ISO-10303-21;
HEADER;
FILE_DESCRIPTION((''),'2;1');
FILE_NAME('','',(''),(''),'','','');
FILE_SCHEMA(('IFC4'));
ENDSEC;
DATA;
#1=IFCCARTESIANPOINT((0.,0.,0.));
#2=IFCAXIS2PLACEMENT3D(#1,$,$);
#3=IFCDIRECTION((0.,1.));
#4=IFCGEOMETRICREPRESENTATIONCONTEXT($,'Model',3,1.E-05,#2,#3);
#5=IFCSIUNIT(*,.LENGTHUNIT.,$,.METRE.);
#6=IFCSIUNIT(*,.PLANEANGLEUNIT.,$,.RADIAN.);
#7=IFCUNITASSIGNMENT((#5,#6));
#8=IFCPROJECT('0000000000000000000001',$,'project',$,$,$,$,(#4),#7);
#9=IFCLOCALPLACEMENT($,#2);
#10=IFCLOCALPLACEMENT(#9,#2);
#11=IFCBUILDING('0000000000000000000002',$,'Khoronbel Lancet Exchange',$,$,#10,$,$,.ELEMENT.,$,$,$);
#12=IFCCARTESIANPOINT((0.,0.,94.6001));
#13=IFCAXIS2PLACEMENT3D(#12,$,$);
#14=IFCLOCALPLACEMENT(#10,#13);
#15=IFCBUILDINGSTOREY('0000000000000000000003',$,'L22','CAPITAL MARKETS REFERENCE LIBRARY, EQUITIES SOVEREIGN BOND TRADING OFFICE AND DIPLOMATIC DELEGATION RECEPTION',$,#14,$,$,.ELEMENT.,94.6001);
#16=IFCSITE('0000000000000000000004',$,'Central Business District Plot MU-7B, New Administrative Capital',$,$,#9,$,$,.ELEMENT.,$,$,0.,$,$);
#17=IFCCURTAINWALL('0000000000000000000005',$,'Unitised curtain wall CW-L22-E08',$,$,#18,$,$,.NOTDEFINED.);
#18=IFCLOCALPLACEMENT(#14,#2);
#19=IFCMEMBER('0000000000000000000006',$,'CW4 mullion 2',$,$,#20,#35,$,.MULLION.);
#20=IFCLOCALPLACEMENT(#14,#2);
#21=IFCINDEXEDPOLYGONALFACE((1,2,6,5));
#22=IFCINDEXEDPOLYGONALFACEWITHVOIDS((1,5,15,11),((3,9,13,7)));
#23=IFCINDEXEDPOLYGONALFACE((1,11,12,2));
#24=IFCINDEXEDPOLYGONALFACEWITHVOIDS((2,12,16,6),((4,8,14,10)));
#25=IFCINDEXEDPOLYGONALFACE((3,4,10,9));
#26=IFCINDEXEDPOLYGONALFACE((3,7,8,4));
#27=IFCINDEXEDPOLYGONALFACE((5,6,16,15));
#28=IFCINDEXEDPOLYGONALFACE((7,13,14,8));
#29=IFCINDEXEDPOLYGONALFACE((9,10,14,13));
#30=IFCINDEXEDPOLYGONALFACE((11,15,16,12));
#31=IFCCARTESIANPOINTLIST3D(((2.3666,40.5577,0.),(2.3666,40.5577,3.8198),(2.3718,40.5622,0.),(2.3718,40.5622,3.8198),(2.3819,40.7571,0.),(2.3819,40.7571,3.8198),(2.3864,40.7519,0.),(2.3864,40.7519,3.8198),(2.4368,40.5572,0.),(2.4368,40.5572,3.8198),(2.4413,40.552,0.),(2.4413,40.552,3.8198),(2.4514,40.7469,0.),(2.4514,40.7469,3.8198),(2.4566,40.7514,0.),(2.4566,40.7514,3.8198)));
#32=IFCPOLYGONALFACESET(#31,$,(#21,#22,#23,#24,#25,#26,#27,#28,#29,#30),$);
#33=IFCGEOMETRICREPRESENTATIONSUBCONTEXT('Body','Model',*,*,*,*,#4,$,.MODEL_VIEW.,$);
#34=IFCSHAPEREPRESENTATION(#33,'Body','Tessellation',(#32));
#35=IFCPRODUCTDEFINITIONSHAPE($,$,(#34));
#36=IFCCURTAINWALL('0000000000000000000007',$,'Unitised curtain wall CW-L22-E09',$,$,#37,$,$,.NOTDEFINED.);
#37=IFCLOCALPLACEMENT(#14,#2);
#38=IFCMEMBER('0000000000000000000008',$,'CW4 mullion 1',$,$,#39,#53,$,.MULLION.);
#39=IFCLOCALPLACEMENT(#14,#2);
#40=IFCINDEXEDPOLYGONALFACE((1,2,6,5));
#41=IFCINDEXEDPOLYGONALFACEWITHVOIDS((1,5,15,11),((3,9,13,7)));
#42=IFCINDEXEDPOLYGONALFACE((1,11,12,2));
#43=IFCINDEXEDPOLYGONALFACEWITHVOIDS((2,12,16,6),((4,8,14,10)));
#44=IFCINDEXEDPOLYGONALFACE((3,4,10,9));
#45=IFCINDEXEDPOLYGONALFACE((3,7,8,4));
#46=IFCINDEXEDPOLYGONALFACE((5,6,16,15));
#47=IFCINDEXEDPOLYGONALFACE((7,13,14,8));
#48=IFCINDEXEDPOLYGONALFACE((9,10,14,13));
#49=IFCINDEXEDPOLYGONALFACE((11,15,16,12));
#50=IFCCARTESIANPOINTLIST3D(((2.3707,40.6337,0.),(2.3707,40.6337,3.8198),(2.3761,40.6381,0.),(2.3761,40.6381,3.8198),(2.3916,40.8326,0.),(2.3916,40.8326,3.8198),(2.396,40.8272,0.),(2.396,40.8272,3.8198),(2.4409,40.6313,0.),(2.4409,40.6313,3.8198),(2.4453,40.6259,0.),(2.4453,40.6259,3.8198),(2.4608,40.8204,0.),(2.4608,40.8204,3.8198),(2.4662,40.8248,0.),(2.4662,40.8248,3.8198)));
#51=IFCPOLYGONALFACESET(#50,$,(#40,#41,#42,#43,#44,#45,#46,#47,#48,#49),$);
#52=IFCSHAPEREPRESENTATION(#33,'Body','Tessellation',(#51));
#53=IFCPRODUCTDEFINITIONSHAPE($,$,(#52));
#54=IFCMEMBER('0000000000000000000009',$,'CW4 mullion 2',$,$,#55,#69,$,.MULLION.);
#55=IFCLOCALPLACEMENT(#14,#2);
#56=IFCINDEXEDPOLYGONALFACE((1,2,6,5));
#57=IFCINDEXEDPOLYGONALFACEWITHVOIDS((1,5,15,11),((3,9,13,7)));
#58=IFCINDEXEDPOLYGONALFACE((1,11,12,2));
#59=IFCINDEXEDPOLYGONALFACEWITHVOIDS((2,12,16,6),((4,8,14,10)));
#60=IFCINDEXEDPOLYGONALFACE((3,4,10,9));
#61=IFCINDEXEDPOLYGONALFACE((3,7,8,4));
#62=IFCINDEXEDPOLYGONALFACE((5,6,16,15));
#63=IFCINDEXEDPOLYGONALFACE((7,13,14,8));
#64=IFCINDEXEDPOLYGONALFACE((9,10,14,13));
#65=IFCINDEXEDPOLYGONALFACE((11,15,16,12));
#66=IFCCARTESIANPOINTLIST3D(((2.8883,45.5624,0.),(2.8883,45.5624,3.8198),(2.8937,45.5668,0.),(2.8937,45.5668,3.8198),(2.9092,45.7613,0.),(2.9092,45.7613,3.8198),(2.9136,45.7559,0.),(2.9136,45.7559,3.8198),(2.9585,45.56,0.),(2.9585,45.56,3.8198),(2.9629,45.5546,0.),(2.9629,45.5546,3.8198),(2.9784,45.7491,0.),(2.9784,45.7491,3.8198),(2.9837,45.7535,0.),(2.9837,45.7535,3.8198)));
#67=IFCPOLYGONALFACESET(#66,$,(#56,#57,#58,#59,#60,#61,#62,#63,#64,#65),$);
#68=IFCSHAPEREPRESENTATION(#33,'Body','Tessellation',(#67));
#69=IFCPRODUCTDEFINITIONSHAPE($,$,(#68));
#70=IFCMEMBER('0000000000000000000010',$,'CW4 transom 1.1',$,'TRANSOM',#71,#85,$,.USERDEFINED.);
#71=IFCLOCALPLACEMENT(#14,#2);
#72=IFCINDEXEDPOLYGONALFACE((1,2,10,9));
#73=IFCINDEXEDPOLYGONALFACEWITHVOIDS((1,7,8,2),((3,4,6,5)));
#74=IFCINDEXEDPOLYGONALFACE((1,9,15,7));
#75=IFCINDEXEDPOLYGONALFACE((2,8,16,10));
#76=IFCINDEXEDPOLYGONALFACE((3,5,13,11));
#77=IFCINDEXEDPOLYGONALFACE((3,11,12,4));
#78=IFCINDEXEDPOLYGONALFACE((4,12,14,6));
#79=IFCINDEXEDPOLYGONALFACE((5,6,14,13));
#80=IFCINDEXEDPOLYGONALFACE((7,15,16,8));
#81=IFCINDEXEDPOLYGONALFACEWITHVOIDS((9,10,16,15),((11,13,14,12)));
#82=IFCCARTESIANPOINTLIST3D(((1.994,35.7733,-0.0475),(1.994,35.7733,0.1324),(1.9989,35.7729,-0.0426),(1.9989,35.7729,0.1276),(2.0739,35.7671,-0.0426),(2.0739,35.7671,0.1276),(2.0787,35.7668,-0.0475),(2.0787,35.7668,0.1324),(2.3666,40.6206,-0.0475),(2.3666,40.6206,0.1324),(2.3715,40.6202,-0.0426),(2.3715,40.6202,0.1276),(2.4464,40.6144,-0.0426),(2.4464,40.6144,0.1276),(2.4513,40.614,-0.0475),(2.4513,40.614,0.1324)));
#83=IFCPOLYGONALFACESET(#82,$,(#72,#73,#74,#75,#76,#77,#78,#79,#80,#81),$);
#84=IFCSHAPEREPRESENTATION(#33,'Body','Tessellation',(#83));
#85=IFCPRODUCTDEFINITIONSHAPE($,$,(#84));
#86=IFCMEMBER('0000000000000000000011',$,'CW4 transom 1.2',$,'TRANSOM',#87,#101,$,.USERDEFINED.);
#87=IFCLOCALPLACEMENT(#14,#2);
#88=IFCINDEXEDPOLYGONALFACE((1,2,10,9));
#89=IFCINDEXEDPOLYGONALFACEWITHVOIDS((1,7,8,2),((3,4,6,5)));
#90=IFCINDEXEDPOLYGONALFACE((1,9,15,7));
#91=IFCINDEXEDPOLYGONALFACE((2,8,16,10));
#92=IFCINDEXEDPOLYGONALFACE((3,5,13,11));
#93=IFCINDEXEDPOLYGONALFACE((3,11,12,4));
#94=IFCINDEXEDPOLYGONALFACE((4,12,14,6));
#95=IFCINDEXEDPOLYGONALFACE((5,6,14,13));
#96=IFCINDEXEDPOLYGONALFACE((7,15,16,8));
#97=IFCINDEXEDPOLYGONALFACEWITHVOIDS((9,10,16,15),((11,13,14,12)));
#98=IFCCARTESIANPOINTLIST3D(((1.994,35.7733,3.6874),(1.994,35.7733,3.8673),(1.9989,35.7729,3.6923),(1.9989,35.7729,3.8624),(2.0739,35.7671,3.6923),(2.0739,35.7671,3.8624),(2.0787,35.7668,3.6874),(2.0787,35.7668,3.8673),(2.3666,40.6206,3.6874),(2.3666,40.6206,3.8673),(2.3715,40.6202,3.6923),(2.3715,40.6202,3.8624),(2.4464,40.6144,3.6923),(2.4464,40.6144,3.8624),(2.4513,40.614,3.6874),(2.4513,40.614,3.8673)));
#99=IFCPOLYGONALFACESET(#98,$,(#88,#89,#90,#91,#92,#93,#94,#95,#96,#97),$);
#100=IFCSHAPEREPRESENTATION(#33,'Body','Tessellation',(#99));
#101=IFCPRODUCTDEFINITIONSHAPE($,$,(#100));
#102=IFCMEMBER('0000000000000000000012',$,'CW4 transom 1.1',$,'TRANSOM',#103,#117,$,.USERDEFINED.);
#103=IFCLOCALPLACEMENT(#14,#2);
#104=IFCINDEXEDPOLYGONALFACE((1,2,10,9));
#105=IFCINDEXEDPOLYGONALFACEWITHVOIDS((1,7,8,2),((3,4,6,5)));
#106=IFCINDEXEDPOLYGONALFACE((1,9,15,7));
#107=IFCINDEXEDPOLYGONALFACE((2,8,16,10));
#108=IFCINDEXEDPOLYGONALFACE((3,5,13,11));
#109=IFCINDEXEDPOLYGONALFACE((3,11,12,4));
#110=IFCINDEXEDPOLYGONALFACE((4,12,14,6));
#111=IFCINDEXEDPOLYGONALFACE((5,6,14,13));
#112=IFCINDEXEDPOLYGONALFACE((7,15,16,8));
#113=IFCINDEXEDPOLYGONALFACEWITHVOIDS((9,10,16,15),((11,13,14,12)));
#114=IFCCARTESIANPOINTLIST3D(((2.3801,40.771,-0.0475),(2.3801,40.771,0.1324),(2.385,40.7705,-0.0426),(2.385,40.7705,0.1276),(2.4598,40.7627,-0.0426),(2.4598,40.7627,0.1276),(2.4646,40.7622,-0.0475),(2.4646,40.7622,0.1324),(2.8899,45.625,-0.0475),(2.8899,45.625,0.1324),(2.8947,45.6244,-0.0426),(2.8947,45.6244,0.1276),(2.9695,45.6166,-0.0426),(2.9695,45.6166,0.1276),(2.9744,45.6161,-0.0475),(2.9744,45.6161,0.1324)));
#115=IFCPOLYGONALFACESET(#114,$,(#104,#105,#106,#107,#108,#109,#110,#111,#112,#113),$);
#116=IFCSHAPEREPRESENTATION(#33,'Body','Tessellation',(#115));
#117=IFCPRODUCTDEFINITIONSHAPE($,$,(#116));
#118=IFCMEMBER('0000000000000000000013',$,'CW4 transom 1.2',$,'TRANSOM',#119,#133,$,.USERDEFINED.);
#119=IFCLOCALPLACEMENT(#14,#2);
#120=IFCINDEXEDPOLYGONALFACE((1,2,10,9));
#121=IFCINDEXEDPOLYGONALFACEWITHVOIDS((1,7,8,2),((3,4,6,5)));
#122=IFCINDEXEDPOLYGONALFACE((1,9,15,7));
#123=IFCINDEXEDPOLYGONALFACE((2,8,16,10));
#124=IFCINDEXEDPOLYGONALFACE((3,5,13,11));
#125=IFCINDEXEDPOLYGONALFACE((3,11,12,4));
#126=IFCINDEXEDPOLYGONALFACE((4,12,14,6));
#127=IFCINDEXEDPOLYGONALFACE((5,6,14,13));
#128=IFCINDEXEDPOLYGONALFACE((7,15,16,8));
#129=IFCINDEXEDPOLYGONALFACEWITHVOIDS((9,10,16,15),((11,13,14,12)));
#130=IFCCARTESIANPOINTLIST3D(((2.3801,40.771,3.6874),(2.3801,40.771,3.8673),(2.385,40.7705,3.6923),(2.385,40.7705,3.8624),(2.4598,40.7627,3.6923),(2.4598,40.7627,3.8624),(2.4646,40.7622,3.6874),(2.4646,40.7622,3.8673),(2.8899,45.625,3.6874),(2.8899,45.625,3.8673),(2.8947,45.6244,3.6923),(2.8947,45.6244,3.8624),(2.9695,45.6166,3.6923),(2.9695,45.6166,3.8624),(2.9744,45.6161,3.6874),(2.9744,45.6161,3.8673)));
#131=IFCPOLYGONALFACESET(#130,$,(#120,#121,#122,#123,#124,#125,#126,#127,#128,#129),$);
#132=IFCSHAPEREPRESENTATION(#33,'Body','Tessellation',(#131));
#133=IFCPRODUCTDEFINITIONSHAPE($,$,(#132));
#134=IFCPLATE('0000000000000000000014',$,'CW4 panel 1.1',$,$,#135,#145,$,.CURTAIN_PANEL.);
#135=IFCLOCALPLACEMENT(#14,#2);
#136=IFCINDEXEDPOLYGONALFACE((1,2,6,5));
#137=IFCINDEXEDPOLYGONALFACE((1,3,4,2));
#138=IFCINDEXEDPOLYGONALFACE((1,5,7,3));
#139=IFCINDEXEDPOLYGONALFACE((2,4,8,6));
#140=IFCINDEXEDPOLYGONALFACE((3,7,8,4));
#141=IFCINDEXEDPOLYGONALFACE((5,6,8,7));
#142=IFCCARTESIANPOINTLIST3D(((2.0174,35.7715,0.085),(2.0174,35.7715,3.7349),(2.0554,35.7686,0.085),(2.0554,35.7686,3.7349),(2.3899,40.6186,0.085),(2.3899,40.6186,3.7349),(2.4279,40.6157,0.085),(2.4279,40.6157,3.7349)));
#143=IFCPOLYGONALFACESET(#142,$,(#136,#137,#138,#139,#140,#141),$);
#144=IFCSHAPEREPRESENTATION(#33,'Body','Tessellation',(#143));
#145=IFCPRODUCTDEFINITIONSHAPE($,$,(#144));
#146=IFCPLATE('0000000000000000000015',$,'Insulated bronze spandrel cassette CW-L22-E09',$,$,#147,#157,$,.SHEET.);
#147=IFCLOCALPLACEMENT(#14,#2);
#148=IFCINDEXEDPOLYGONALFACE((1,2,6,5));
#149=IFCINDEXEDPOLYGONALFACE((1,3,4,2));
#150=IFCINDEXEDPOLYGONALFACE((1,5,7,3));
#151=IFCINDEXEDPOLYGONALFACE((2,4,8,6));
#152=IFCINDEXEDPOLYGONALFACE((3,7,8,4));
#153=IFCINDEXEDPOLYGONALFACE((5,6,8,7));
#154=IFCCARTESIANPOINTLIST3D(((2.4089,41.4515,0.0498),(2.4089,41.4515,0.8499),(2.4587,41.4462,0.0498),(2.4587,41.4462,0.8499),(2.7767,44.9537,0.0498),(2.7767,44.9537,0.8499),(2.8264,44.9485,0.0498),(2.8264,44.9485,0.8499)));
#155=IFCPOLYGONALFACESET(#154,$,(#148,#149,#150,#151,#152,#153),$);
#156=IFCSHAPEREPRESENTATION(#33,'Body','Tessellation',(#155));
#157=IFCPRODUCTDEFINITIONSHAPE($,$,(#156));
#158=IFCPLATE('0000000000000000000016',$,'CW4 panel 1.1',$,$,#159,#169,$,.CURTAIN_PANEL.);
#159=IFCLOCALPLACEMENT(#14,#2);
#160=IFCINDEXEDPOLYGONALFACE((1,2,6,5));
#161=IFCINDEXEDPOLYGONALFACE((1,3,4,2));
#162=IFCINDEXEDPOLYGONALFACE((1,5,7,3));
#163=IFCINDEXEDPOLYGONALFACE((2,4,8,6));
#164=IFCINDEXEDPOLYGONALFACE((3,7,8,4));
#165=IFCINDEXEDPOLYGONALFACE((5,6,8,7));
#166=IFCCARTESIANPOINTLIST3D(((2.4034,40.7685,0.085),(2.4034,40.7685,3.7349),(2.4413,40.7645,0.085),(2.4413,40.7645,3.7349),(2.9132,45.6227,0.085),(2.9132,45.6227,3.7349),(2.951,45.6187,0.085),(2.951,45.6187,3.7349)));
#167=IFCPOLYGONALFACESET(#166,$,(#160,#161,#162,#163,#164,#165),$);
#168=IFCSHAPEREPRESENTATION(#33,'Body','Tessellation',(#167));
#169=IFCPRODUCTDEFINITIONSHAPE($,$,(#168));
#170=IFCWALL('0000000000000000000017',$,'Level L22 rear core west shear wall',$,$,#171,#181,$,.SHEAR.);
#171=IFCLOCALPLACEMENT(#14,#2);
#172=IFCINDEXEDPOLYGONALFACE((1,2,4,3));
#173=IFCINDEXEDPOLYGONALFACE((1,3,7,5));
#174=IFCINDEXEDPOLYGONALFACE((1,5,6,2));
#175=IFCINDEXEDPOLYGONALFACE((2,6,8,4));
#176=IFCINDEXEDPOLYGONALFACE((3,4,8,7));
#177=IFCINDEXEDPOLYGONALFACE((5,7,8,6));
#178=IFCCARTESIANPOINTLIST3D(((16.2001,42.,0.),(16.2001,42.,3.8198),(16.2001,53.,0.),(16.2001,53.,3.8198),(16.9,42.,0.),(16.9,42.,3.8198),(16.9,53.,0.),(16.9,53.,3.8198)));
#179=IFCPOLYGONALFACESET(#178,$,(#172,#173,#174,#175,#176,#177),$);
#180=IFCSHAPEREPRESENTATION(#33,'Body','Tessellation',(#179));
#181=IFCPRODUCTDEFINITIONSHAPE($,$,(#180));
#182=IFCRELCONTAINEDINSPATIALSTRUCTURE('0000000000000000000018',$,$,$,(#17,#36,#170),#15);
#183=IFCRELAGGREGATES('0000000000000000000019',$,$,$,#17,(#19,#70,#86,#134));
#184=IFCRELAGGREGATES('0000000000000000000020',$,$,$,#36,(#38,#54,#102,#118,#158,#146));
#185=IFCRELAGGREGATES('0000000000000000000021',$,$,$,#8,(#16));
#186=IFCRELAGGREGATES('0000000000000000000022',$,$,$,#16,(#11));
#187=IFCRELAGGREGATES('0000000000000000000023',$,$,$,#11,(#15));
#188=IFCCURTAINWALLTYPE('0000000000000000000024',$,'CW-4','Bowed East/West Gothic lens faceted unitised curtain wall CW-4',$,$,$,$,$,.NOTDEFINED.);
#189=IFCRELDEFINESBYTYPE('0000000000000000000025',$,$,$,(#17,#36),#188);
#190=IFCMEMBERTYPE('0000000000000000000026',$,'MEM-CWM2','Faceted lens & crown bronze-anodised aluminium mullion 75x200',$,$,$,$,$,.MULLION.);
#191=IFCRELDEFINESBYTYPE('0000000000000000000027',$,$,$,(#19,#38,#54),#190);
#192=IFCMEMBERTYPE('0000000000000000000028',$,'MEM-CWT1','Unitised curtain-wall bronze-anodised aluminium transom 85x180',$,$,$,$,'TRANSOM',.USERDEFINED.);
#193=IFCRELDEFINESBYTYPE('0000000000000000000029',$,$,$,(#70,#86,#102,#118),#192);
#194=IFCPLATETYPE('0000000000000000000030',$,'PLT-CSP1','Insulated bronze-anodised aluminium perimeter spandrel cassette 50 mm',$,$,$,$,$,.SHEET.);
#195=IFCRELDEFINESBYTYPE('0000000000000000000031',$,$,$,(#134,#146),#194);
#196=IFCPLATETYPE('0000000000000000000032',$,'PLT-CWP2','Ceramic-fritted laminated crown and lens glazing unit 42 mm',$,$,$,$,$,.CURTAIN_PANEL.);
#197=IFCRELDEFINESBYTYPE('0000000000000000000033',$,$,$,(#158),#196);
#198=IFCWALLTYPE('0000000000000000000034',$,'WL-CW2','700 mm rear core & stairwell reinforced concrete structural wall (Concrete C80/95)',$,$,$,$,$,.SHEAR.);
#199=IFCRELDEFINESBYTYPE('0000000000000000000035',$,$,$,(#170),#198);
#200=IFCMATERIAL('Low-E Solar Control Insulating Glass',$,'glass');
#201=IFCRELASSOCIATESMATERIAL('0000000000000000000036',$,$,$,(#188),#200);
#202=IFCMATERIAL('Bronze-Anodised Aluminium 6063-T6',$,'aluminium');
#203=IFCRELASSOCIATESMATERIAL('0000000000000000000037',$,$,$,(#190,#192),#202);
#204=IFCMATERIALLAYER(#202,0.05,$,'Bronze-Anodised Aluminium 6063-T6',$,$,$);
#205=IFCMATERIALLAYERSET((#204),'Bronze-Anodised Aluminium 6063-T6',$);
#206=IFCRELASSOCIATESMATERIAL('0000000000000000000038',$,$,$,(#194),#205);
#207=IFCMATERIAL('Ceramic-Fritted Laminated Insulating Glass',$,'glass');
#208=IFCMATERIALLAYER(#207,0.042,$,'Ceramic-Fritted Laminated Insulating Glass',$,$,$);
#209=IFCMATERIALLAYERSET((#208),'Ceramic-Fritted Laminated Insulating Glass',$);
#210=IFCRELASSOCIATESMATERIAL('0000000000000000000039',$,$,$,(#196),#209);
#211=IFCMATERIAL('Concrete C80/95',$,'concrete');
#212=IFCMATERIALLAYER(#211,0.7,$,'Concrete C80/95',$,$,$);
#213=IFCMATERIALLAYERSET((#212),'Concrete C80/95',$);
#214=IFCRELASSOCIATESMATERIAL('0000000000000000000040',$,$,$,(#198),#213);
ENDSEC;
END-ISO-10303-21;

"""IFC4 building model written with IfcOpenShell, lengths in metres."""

from ifc_helpers import new_model, si_unit, direction, frame, frame_2d, origin, origin_2d, place, context, subcontext, project, spatial, rectangle, hollow_rectangle, extrude, material, layer, layer_set, material_profile, profile_set, type_object, element, aggregate, save


model = new_model("IFC4")

# Units and contexts
model_context = context("Model", 3, precision=1e-05, world=origin(), true_north=direction((0.0, 1.0)))
body_context = subcontext(model_context, "Body", "Model", "MODEL_VIEW")
ifc_project = project(units=[si_unit("LENGTHUNIT", "METRE"), si_unit("PLANEANGLEUNIT", "RADIAN")], contexts=[model_context])

# Site, building, storey
site_placement = place(None, origin())
site = spatial("IfcSite", under=ifc_project, at=site_placement, Name="Central Business District Plot MU-7B, New Administrative Capital", CompositionType="ELEMENT", RefElevation=0.0)
building_placement = place(site_placement, origin())
building = spatial("IfcBuilding", under=site, at=building_placement, Name="Khoronbel Lancet Exchange", CompositionType="ELEMENT")
storey_placement = place(building_placement, frame((0.0, 0.0, 94.6001)))
storey = spatial("IfcBuildingStorey", under=building, at=storey_placement, Name="L22", Description="CAPITAL MARKETS REFERENCE LIBRARY, EQUITIES SOVEREIGN BOND TRADING OFFICE AND DIPLOMATIC DELEGATION RECEPTION", CompositionType="ELEMENT", Elevation=94.6001)

# Shared definitions
ifc_material_1 = material(Name="Concrete C80/95", Category="concrete")

# Curtain walls, members
ifc_material_2 = material(Name="Low-E Solar Control Insulating Glass", Category="glass")
curtain_wall_type = type_object("IfcCurtainWallType", Name="CW-4", Description="Bowed East/West Gothic lens faceted unitised curtain wall CW-4", PredefinedType="NOTDEFINED", material=ifc_material_2)
curtain_wall_1_placement = place(storey_placement, origin())
curtain_wall_1 = element("IfcCurtainWall", 1, at=curtain_wall_1_placement, inside=storey, type_object=curtain_wall_type, Name="Unitised curtain wall CW-L22-E08", PredefinedType="NOTDEFINED")
ifc_material_3 = material(Name="Bronze-Anodised Aluminium 6063-T6", Category="aluminium")
ifc_material_profile_1 = material_profile(ifc_material_3, hollow_rectangle(XDim=0.075, YDim=0.2, WallThickness=0.0049, at=origin_2d()), Name="ALU MULLION 75x200")
ifc_profile_set_1 = profile_set([ifc_material_profile_1], Name="Bronze-Anodised Aluminium 6063-T6")
member_type_1 = type_object("IfcMemberType", Name="MEM-CWM2", Description="Faceted lens & crown bronze-anodised aluminium mullion 75x200", PredefinedType="MULLION", material=ifc_profile_set_1)
member_1_placement = place(storey_placement, frame((2.4116, 40.6545, 0.0), z_axis=(0.0, 0.0, 1.0), x_axis=(-0.99706, 0.076626, 0.0)))
member_1 = element("IfcMember", 2, at=member_1_placement, type_object=member_type_1, Name="CW4 mullion 2", PredefinedType="MULLION", context=body_context, shape_type="SweptSolid", body=[
    extrude(hollow_rectangle(XDim=0.075, YDim=0.2, WallThickness=0.0049, at=origin_2d()), origin(), (0.0, 0.0, 1.0), 3.8198),
])
curtain_wall_2_placement = place(storey_placement, origin())
curtain_wall_2 = element("IfcCurtainWall", 3, at=curtain_wall_2_placement, inside=storey, type_object=curtain_wall_type, Name="Unitised curtain wall CW-L22-E09", PredefinedType="NOTDEFINED")
member_2_placement = place(storey_placement, frame((2.4185, 40.7292, 0.0), z_axis=(0.0, 0.0, 1.0), x_axis=(-0.994532, 0.104434, 0.0)))
member_2 = element("IfcMember", 4, at=member_2_placement, type_object=member_type_1, Name="CW4 mullion 1", PredefinedType="MULLION", context=body_context, shape_type="SweptSolid", body=[
    extrude(hollow_rectangle(XDim=0.075, YDim=0.2, WallThickness=0.0049, at=origin_2d()), origin(), (0.0, 0.0, 1.0), 3.8198),
])
member_3_placement = place(storey_placement, frame((2.936, 45.658, 0.0), z_axis=(0.0, 0.0, 1.0), x_axis=(-0.994532, 0.104434, 0.0)))
member_3 = element("IfcMember", 5, at=member_3_placement, type_object=member_type_1, Name="CW4 mullion 2", PredefinedType="MULLION", context=body_context, shape_type="SweptSolid", body=[
    extrude(hollow_rectangle(XDim=0.075, YDim=0.2, WallThickness=0.0049, at=origin_2d()), origin(), (0.0, 0.0, 1.0), 3.8198),
])

# Members
ifc_material_profile_2 = material_profile(ifc_material_3, hollow_rectangle(XDim=0.085, YDim=0.1799, WallThickness=0.0049, at=origin_2d()), Name="ALU TRANSOM 85x180")
ifc_profile_set_2 = profile_set([ifc_material_profile_2], Name="Bronze-Anodised Aluminium 6063-T6")
member_type_2 = type_object("IfcMemberType", Name="MEM-CWT1", Description="Unitised curtain-wall bronze-anodised aluminium transom 85x180", ElementType="TRANSOM", PredefinedType="USERDEFINED", material=ifc_profile_set_2)
member_4_placement = place(storey_placement, frame((2.0364, 35.77, 0.0425), z_axis=(0.076635, 0.997059, 0.0), x_axis=(-0.997059, 0.076635, 0.0)))
member_4 = element("IfcMember", 6, at=member_4_placement, type_object=member_type_2, Name="CW4 transom 1.1", ObjectType="TRANSOM", PredefinedType="USERDEFINED", context=body_context, shape_type="SweptSolid", body=[
    extrude(hollow_rectangle(XDim=0.085, YDim=0.1799, WallThickness=0.0049, at=origin_2d()), origin(), (0.0, 0.0, 1.0), 4.8616),
])
member_5_placement = place(storey_placement, frame((2.0364, 35.77, 3.7773), z_axis=(0.076635, 0.997059, 0.0), x_axis=(-0.997059, 0.076635, 0.0)))
member_5 = element("IfcMember", 7, at=member_5_placement, type_object=member_type_2, Name="CW4 transom 1.2", ObjectType="TRANSOM", PredefinedType="USERDEFINED", context=body_context, shape_type="SweptSolid", body=[
    extrude(hollow_rectangle(XDim=0.085, YDim=0.1799, WallThickness=0.0049, at=origin_2d()), origin(), (0.0, 0.0, 1.0), 4.8616),
])
member_6_placement = place(storey_placement, frame((2.4224, 40.7666, 0.0425), z_axis=(0.104445, 0.994531, 0.0), x_axis=(-0.994531, 0.104445, 0.0)))
member_6 = element("IfcMember", 8, at=member_6_placement, type_object=member_type_2, Name="CW4 transom 1.1", ObjectType="TRANSOM", PredefinedType="USERDEFINED", context=body_context, shape_type="SweptSolid", body=[
    extrude(hollow_rectangle(XDim=0.085, YDim=0.1799, WallThickness=0.0049, at=origin_2d()), origin(), (0.0, 0.0, 1.0), 4.8806),
])
member_7_placement = place(storey_placement, frame((2.4224, 40.7666, 3.7773), z_axis=(0.104445, 0.994531, 0.0), x_axis=(-0.994531, 0.104445, 0.0)))
member_7 = element("IfcMember", 9, at=member_7_placement, type_object=member_type_2, Name="CW4 transom 1.2", ObjectType="TRANSOM", PredefinedType="USERDEFINED", context=body_context, shape_type="SweptSolid", body=[
    extrude(hollow_rectangle(XDim=0.085, YDim=0.1799, WallThickness=0.0049, at=origin_2d()), origin(), (0.0, 0.0, 1.0), 4.8806),
])

# Plates
ifc_layer_1 = layer(ifc_material_3, 0.05, Name="Bronze-Anodised Aluminium 6063-T6")
ifc_layer_set_1 = layer_set([ifc_layer_1], Name="Bronze-Anodised Aluminium 6063-T6")
plate_type_1 = type_object("IfcPlateType", Name="PLT-CSP1", Description="Insulated bronze-anodised aluminium perimeter spandrel cassette 50 mm", PredefinedType="SHEET", material=ifc_layer_set_1)
plate_1_placement = place(storey_placement, frame((2.2227, 38.1936, 0.085), z_axis=(0.0, 0.0, 1.0), x_axis=(0.076626, 0.99706, 0.0)))
plate_1 = element("IfcPlate", 10, at=plate_1_placement, type_object=plate_type_1, Name="CW4 panel 1.1", PredefinedType="CURTAIN_PANEL", context=body_context, shape_type="SweptSolid", body=[
    extrude(rectangle(XDim=4.8613, YDim=0.0381, at=origin_2d()), origin(), (0.0, 0.0, 1.0), 3.6499),
])
aggregate(curtain_wall_1, [member_1, member_4, member_5, plate_1])
plate_2_placement = place(storey_placement, frame((2.6177, 43.2, 0.0498), z_axis=(0.0, 0.0, 1.0), x_axis=(0.104434, 0.994532, 0.0)))
plate_2 = element("IfcPlate", 11, at=plate_2_placement, type_object=plate_type_1, Name="Insulated bronze spandrel cassette CW-L22-E09", PredefinedType="SHEET", context=body_context, shape_type="SweptSolid", body=[
    extrude(rectangle(XDim=3.5215, YDim=0.05, at=origin_2d()), origin(), (0.0, 0.0, 1.0), 0.8),
])
ifc_material_4 = material(Name="Ceramic-Fritted Laminated Insulating Glass", Category="glass")
ifc_layer_2 = layer(ifc_material_4, 0.042, Name="Ceramic-Fritted Laminated Insulating Glass")
ifc_layer_set_2 = layer_set([ifc_layer_2], Name="Ceramic-Fritted Laminated Insulating Glass")
plate_type_2 = type_object("IfcPlateType", Name="PLT-CWP2", Description="Ceramic-fritted laminated crown and lens glazing unit 42 mm", PredefinedType="CURTAIN_PANEL", material=ifc_layer_set_2)
plate_3_placement = place(storey_placement, frame((2.6772, 43.1936, 0.085), z_axis=(0.0, 0.0, 1.0), x_axis=(0.104434, 0.994532, 0.0)))
plate_3 = element("IfcPlate", 12, at=plate_3_placement, type_object=plate_type_2, Name="CW4 panel 1.1", PredefinedType="CURTAIN_PANEL", context=body_context, shape_type="SweptSolid", body=[
    extrude(rectangle(XDim=4.8809, YDim=0.0381, at=origin_2d()), origin(), (0.0, 0.0, 1.0), 3.6499),
])
aggregate(curtain_wall_2, [member_2, member_3, member_6, member_7, plate_3, plate_2])

# Wall
ifc_layer_3 = layer(ifc_material_1, 0.7, Name="Concrete C80/95")
ifc_layer_set_3 = layer_set([ifc_layer_3], Name="Concrete C80/95")
wall_type_1 = type_object("IfcWallType", Name="WL-CW2", Description="700 mm rear core & stairwell reinforced concrete structural wall (Concrete C80/95)", PredefinedType="SHEAR", material=ifc_layer_set_3)
wall_1_placement = place(storey_placement, frame((16.55, 42.0, 0.0), z_axis=(0.0, 0.0, 1.0), x_axis=(0.0, 1.0, 0.0)))
element("IfcWall", 13, at=wall_1_placement, inside=storey, type_object=wall_type_1, Name="Level L22 rear core west shear wall", PredefinedType="SHEAR", context=body_context, shape_type="SweptSolid", body=[
    extrude(rectangle(XDim=11.0, YDim=0.7, at=frame_2d((5.5, 0.0))), origin(), (0.0, 0.0, 1.0), 3.8198),
])

save(model, "model.ifc")
